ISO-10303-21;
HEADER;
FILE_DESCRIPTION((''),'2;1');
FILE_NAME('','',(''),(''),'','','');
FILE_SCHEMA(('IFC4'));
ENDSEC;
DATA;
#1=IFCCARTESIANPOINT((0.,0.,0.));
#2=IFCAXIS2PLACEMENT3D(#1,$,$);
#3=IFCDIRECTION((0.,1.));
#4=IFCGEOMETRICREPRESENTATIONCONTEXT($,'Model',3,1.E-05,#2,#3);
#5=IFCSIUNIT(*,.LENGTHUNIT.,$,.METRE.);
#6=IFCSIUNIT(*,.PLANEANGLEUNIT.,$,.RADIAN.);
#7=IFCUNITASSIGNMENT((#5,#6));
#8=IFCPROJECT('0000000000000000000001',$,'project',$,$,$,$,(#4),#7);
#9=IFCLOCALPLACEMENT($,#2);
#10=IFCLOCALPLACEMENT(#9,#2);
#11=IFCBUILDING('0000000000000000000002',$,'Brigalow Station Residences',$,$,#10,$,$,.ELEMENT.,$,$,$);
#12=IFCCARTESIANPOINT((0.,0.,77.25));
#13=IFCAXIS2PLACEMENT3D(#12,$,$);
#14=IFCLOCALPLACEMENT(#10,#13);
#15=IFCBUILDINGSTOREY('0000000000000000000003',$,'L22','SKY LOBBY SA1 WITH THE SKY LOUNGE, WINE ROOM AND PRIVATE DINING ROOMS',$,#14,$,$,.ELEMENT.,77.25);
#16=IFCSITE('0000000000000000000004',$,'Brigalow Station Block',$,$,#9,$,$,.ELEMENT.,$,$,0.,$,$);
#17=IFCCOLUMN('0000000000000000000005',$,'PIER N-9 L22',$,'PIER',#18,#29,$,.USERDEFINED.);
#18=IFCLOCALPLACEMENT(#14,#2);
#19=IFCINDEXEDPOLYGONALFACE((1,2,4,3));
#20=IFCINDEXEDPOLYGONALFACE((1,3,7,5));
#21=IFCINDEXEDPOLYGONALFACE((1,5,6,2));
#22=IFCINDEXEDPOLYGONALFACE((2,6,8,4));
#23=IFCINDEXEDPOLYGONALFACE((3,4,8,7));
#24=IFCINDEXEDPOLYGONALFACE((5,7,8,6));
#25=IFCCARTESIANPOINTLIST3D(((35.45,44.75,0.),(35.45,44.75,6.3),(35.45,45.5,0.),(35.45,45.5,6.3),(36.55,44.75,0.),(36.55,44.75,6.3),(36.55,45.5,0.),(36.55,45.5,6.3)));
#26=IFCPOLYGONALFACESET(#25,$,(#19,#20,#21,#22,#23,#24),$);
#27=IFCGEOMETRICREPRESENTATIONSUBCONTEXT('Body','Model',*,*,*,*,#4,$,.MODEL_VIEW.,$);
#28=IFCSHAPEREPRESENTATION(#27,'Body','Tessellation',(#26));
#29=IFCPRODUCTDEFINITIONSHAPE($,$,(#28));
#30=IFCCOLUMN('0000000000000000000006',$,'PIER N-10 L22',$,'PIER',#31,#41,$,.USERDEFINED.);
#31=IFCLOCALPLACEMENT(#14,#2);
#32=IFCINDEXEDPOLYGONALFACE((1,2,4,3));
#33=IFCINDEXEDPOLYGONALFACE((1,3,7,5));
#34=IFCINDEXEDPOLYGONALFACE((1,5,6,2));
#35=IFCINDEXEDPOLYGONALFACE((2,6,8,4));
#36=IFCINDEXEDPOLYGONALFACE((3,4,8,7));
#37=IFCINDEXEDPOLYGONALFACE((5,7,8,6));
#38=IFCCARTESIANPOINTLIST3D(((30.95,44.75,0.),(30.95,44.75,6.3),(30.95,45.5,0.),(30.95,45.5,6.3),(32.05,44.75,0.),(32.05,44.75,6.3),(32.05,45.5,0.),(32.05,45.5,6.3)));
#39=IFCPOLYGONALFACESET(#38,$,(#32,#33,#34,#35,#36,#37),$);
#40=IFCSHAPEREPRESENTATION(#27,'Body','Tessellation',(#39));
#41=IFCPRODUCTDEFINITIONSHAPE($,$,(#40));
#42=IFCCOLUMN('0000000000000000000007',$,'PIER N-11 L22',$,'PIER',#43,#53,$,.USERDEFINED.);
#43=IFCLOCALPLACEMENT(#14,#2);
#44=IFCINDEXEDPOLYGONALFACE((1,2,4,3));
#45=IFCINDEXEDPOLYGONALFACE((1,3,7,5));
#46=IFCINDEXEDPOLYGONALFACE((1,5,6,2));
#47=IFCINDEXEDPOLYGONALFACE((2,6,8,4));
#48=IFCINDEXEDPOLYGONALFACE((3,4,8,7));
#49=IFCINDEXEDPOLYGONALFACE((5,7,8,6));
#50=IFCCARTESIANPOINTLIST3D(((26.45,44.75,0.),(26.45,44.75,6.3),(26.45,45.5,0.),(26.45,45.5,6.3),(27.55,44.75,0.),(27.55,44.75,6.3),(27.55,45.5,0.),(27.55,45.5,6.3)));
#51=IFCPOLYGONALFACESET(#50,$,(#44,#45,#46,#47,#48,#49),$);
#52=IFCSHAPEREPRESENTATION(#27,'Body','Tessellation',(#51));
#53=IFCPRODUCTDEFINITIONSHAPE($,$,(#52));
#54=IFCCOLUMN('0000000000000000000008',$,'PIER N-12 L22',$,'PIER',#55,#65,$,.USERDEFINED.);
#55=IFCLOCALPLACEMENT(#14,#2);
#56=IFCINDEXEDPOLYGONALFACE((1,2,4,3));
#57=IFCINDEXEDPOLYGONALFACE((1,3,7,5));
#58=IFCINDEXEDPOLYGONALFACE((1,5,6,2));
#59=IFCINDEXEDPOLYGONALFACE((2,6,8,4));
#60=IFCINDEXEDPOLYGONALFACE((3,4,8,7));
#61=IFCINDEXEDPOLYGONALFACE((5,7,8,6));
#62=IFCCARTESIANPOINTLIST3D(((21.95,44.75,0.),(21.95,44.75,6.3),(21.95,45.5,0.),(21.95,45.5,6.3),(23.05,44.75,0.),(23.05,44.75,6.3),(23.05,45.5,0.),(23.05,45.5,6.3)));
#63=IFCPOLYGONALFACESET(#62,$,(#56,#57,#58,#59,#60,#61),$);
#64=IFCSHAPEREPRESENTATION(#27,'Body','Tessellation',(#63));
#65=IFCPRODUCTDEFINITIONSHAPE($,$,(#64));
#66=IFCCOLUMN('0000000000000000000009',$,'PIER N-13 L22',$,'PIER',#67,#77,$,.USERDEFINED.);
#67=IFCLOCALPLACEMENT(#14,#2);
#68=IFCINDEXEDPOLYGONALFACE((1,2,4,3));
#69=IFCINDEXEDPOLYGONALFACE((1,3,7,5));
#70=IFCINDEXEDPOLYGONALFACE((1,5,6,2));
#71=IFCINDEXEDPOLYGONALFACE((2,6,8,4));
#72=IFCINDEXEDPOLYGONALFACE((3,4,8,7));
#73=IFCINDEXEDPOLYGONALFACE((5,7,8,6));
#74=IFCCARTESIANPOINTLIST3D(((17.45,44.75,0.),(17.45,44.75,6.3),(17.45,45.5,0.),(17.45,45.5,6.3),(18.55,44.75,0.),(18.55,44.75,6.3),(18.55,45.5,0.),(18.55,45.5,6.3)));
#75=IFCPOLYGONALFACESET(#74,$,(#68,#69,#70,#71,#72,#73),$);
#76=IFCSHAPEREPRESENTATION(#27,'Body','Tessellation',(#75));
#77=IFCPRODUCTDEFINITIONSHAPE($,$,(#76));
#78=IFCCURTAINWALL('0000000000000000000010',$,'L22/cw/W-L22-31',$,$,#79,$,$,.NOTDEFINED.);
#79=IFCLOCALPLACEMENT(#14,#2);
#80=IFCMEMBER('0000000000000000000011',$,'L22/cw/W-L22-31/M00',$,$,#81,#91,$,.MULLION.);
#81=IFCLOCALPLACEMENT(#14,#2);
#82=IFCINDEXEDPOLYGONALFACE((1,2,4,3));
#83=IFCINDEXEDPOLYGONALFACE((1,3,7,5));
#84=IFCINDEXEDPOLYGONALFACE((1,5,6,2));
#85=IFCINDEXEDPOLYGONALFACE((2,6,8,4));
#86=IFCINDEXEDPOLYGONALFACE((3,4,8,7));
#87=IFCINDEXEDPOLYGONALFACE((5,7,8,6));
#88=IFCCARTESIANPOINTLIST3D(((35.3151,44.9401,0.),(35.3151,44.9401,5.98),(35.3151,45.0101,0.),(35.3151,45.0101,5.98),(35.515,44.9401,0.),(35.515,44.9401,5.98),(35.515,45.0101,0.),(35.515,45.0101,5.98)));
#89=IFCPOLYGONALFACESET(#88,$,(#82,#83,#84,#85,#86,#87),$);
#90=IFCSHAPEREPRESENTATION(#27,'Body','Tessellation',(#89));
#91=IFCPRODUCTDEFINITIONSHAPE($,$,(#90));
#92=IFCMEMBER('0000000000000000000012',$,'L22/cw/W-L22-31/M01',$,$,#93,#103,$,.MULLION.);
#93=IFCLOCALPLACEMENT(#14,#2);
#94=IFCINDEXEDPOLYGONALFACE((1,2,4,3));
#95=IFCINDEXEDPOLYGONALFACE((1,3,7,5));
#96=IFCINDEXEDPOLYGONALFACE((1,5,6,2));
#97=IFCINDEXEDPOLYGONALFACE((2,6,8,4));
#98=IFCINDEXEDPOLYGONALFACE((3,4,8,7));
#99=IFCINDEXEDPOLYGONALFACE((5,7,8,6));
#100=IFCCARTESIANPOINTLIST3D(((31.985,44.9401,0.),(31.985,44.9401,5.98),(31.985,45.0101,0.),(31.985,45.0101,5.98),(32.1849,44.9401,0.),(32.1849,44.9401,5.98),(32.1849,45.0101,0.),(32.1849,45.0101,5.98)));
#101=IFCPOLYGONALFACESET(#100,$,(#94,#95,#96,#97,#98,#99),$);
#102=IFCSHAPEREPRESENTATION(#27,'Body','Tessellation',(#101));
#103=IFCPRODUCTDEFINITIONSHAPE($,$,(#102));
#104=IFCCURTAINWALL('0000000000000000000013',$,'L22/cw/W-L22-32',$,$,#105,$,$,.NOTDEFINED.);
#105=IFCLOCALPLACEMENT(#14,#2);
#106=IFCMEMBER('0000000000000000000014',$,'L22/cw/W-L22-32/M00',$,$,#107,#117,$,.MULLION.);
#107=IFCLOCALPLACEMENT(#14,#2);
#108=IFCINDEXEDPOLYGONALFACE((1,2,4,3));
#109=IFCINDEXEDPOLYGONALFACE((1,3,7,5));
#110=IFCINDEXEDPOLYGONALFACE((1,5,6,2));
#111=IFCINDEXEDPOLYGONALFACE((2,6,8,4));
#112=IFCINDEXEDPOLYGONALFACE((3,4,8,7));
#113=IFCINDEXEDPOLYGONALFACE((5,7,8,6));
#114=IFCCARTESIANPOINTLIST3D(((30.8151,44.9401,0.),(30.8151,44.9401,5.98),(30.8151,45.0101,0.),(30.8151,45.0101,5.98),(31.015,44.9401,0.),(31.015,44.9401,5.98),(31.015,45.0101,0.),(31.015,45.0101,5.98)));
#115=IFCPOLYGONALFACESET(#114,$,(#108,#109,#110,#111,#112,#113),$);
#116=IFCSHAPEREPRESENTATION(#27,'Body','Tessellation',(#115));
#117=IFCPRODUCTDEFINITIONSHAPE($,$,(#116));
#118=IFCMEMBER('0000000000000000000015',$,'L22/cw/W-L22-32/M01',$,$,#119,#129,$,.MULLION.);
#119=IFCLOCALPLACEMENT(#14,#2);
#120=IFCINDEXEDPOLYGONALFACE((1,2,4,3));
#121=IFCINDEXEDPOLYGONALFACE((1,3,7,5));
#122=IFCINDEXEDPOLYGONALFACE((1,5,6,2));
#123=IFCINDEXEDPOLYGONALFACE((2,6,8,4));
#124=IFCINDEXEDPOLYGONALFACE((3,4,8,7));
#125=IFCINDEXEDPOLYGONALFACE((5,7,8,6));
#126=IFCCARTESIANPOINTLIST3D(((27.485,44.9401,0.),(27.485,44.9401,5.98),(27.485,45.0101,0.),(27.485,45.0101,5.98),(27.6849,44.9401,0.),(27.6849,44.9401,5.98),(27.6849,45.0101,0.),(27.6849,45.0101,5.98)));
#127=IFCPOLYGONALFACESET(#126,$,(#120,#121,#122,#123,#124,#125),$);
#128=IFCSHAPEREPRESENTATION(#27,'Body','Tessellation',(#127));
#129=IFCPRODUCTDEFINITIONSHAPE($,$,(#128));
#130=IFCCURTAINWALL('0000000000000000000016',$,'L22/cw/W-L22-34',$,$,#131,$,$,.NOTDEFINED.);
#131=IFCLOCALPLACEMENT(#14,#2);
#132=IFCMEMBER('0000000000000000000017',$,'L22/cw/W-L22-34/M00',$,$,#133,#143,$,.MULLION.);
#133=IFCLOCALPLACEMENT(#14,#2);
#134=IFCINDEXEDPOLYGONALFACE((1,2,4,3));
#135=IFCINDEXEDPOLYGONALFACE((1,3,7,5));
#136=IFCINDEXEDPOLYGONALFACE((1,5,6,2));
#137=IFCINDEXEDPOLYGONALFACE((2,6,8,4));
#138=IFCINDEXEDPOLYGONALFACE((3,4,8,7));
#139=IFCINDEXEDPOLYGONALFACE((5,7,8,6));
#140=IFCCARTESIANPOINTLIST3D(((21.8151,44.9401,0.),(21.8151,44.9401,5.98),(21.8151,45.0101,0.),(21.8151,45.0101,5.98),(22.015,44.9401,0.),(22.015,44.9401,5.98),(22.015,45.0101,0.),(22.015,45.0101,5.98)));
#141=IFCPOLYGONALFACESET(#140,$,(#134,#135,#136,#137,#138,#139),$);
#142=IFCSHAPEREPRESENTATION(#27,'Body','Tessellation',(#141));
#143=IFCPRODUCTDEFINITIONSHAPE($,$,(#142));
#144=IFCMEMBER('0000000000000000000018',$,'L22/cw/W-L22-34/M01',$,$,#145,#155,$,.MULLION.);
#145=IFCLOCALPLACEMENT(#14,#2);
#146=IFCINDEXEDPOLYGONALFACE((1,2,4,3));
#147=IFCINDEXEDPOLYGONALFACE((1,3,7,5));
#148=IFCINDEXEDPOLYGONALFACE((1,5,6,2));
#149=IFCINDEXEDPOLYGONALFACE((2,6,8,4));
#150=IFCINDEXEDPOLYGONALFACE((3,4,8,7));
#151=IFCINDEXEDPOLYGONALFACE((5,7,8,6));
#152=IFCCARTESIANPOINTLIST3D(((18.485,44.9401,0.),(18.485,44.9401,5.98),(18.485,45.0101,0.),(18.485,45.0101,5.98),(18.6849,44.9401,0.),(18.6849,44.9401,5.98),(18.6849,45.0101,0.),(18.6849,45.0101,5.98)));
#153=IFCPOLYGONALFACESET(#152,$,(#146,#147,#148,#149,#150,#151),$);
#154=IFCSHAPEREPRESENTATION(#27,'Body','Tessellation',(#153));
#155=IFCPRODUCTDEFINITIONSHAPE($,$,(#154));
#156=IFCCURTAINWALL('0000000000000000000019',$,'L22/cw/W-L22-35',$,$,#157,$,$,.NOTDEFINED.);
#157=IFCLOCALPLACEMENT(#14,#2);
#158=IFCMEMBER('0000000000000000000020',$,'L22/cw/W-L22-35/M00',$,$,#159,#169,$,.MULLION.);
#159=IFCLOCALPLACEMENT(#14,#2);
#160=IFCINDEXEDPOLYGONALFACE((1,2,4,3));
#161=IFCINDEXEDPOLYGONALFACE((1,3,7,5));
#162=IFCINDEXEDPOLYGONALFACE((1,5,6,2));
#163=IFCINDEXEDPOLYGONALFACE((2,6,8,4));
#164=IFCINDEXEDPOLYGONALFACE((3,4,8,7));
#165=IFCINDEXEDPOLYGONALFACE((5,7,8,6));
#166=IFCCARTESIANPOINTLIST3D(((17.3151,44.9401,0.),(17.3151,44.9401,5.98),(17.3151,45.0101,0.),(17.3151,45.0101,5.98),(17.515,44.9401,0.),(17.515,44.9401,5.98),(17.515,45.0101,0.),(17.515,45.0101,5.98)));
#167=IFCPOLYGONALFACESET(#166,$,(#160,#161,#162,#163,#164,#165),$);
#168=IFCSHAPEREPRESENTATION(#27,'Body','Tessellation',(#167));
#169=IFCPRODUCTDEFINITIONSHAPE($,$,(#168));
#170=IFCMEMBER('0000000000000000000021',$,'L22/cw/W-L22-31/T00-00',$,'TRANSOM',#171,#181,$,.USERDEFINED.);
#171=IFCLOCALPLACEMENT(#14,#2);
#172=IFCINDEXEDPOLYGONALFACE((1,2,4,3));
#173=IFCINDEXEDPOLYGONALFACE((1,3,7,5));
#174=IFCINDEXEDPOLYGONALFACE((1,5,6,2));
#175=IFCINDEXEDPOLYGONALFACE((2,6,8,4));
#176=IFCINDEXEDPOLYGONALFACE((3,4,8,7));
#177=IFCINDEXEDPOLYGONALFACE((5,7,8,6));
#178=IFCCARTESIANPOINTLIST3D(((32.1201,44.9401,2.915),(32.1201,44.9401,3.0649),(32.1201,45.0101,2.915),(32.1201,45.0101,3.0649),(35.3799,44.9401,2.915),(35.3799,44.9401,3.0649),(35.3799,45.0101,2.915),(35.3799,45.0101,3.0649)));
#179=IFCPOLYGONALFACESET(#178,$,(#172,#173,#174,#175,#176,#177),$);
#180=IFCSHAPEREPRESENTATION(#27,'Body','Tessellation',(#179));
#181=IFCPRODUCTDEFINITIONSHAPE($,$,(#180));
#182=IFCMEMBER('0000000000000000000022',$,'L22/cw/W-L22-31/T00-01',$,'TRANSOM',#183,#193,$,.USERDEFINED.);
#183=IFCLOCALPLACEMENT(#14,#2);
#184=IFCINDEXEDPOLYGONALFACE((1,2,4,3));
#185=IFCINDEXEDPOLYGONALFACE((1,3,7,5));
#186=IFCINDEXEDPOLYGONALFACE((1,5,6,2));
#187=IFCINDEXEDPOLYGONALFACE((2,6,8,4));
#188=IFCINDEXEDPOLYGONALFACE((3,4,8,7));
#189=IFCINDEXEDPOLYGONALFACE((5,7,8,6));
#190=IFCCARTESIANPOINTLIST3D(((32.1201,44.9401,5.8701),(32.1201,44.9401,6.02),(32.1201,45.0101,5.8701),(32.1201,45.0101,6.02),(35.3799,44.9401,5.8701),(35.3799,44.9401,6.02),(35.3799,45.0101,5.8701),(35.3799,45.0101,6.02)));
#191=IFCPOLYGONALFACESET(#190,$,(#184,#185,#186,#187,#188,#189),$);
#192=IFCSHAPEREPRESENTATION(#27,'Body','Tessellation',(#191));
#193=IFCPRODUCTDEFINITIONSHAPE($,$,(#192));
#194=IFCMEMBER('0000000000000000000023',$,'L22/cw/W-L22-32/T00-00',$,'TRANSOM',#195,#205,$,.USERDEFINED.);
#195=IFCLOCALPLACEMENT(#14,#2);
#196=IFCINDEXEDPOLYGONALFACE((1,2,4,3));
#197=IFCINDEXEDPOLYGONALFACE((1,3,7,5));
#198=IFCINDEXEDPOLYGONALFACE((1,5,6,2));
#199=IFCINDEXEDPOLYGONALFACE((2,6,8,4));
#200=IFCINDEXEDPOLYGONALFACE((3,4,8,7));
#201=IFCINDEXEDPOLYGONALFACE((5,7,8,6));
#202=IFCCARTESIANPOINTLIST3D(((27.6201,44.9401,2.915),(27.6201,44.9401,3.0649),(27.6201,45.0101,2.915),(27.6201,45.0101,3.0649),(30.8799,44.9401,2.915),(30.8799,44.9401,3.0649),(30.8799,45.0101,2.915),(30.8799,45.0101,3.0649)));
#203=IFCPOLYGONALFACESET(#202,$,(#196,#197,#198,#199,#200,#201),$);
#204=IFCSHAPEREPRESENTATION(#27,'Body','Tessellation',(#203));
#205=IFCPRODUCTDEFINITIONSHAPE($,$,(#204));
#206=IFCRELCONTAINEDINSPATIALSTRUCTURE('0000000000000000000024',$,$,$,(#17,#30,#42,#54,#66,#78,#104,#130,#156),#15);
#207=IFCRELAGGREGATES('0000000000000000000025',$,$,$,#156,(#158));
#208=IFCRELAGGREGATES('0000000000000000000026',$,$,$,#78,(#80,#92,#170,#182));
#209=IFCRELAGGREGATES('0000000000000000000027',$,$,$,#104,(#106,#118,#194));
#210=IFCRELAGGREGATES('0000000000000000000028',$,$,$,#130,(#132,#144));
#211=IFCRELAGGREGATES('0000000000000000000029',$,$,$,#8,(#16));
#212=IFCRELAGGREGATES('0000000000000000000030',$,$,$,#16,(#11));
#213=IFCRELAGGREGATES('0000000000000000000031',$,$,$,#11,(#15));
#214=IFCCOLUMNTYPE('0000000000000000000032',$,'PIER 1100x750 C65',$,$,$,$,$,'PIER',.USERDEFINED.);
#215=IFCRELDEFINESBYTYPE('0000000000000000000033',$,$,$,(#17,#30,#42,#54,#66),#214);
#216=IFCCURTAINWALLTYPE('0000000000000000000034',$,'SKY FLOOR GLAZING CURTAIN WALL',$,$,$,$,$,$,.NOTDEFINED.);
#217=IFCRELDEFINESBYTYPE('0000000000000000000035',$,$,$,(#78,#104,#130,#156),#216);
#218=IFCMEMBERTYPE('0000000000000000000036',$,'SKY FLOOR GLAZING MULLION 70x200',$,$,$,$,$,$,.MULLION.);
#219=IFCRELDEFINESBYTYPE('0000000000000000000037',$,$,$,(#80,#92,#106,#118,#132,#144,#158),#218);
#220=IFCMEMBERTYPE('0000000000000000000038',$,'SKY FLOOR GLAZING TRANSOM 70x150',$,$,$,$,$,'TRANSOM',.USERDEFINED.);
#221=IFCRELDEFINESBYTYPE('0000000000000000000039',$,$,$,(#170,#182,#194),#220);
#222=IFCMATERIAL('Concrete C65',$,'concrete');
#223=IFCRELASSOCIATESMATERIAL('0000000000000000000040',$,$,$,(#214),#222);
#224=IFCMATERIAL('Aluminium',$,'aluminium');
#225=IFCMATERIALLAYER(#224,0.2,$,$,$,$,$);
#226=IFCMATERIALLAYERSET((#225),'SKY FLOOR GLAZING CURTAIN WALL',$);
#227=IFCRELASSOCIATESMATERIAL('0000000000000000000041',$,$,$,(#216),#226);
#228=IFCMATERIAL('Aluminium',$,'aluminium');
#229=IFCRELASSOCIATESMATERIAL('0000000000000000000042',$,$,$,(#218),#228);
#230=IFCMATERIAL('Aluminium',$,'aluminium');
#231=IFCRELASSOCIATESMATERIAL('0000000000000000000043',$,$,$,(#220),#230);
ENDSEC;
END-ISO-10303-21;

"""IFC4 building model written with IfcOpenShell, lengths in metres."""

from ifc_helpers import new_model, si_unit, direction, frame, origin, origin_2d, place, context, subcontext, project, spatial, rectangle, extrude, material, layer, layer_set, material_profile, profile_set, type_object, element, aggregate, save


model = new_model("IFC4")

# Units and contexts
model_context = context("Model", 3, precision=1e-05, world=origin(), true_north=direction((0.0, 1.0)))
body_context = subcontext(model_context, "Body", "Model", "MODEL_VIEW")
ifc_project = project(units=[si_unit("LENGTHUNIT", "METRE"), si_unit("PLANEANGLEUNIT", "RADIAN")], contexts=[model_context])

# Site, building, storey
site_placement = place(None, origin())
site = spatial("IfcSite", under=ifc_project, at=site_placement, Name="Brigalow Station Block", CompositionType="ELEMENT", RefElevation=0.0)
building_placement = place(site_placement, origin())
building = spatial("IfcBuilding", under=site, at=building_placement, Name="Brigalow Station Residences", CompositionType="ELEMENT")
storey_placement = place(building_placement, frame((0.0, 0.0, 77.25)))
storey = spatial("IfcBuildingStorey", under=building, at=storey_placement, Name="L22", Description="SKY LOBBY SA1 WITH THE SKY LOUNGE, WINE ROOM AND PRIVATE DINING ROOMS", CompositionType="ELEMENT", Elevation=77.25)

# Columns
ifc_material_1 = material(Name="Concrete C65", Category="concrete")
ifc_material_profile_1 = material_profile(ifc_material_1, rectangle(XDim=1.1001, YDim=0.75, at=origin_2d()), Name="RC1100x750")
ifc_profile_set_1 = profile_set([ifc_material_profile_1], Name="Concrete C65")
column_type = type_object("IfcColumnType", Name="PIER 1100x750 C65", ElementType="PIER", PredefinedType="USERDEFINED", material=ifc_profile_set_1)
for number, where, z_axis, x_axis, name in (
    (1, (36.0, 45.125, 0.0), (0.0, 0.0, 1.0), (-1.0, 0.0, 0.0), "PIER N-9 L22"),
    (2, (31.5, 45.125, 0.0), (0.0, 0.0, 1.0), (-1.0, 0.0, 0.0), "PIER N-10 L22"),
    (3, (27.0, 45.125, 0.0), (0.0, 0.0, 1.0), (-1.0, 0.0, 0.0), "PIER N-11 L22"),
    (4, (22.5, 45.125, 0.0), (0.0, 0.0, 1.0), (-1.0, 0.0, 0.0), "PIER N-12 L22"),
    (5, (18.0, 45.125, 0.0), (0.0, 0.0, 1.0), (-1.0, 0.0, 0.0), "PIER N-13 L22"),
):
    element("IfcColumn", number, at=place(storey_placement, frame(where, z_axis=z_axis, x_axis=x_axis)), inside=storey, type_object=column_type, Name=name, ObjectType="PIER", PredefinedType="USERDEFINED", context=body_context, shape_type="SweptSolid", body=[
        extrude(rectangle(XDim=1.1001, YDim=0.75, at=origin_2d()), origin(), (0.0, 0.0, 1.0), 6.3),
    ])

# Curtain walls, members
ifc_material_2 = material(Name="Aluminium", Category="aluminium")
ifc_layer_1 = layer(ifc_material_2, 0.2)
ifc_layer_set_1 = layer_set([ifc_layer_1], Name="SKY FLOOR GLAZING CURTAIN WALL")
curtain_wall_type = type_object("IfcCurtainWallType", Name="SKY FLOOR GLAZING CURTAIN WALL", PredefinedType="NOTDEFINED", material=ifc_layer_set_1)
curtain_wall_1_placement = place(storey_placement, origin())
curtain_wall_1 = element("IfcCurtainWall", 6, at=curtain_wall_1_placement, inside=storey, type_object=curtain_wall_type, Name="L22/cw/W-L22-31", PredefinedType="NOTDEFINED")
ifc_material_3 = material(Name="Aluminium", Category="aluminium")
ifc_material_profile_2 = material_profile(ifc_material_3, rectangle(XDim=0.0701, YDim=0.2, at=origin_2d()), Name="SKY FLOOR GLAZING MULLION 70x200")
ifc_profile_set_2 = profile_set([ifc_material_profile_2], Name="Aluminium")
member_type_1 = type_object("IfcMemberType", Name="SKY FLOOR GLAZING MULLION 70x200", PredefinedType="MULLION", material=ifc_profile_set_2)
member_1_placement = place(storey_placement, frame((35.415, 44.9751, 0.0), z_axis=(0.0, 0.0, 1.0), x_axis=(0.0, -1.0, 0.0)))
member_1 = element("IfcMember", 7, at=member_1_placement, type_object=member_type_1, Name="L22/cw/W-L22-31/M00", PredefinedType="MULLION", context=body_context, shape_type="SweptSolid", body=[
    extrude(rectangle(XDim=0.0701, YDim=0.2, at=origin_2d()), origin(), (0.0, 0.0, 1.0), 5.98),
])
member_2_placement = place(storey_placement, frame((32.085, 44.9751, 0.0), z_axis=(0.0, 0.0, 1.0), x_axis=(0.0, -1.0, 0.0)))
member_2 = element("IfcMember", 8, at=member_2_placement, type_object=member_type_1, Name="L22/cw/W-L22-31/M01", PredefinedType="MULLION", context=body_context, shape_type="SweptSolid", body=[
    extrude(rectangle(XDim=0.0701, YDim=0.2, at=origin_2d()), origin(), (0.0, 0.0, 1.0), 5.98),
])
curtain_wall_2_placement = place(storey_placement, origin())
curtain_wall_2 = element("IfcCurtainWall", 9, at=curtain_wall_2_placement, inside=storey, type_object=curtain_wall_type, Name="L22/cw/W-L22-32", PredefinedType="NOTDEFINED")
member_3_placement = place(storey_placement, frame((30.915, 44.9751, 0.0), z_axis=(0.0, 0.0, 1.0), x_axis=(0.0, -1.0, 0.0)))
member_3 = element("IfcMember", 10, at=member_3_placement, type_object=member_type_1, Name="L22/cw/W-L22-32/M00", PredefinedType="MULLION", context=body_context, shape_type="SweptSolid", body=[
    extrude(rectangle(XDim=0.0701, YDim=0.2, at=origin_2d()), origin(), (0.0, 0.0, 1.0), 5.98),
])
member_4_placement = place(storey_placement, frame((27.585, 44.9751, 0.0), z_axis=(0.0, 0.0, 1.0), x_axis=(0.0, -1.0, 0.0)))
member_4 = element("IfcMember", 11, at=member_4_placement, type_object=member_type_1, Name="L22/cw/W-L22-32/M01", PredefinedType="MULLION", context=body_context, shape_type="SweptSolid", body=[
    extrude(rectangle(XDim=0.0701, YDim=0.2, at=origin_2d()), origin(), (0.0, 0.0, 1.0), 5.98),
])
curtain_wall_3_placement = place(storey_placement, origin())
curtain_wall_3 = element("IfcCurtainWall", 12, at=curtain_wall_3_placement, inside=storey, type_object=curtain_wall_type, Name="L22/cw/W-L22-34", PredefinedType="NOTDEFINED")
member_5_placement = place(storey_placement, frame((21.915, 44.9751, 0.0), z_axis=(0.0, 0.0, 1.0), x_axis=(0.0, -1.0, 0.0)))
member_5 = element("IfcMember", 13, at=member_5_placement, type_object=member_type_1, Name="L22/cw/W-L22-34/M00", PredefinedType="MULLION", context=body_context, shape_type="SweptSolid", body=[
    extrude(rectangle(XDim=0.0701, YDim=0.2, at=origin_2d()), origin(), (0.0, 0.0, 1.0), 5.98),
])
member_6_placement = place(storey_placement, frame((18.585, 44.9751, 0.0), z_axis=(0.0, 0.0, 1.0), x_axis=(0.0, -1.0, 0.0)))
member_6 = element("IfcMember", 14, at=member_6_placement, type_object=member_type_1, Name="L22/cw/W-L22-34/M01", PredefinedType="MULLION", context=body_context, shape_type="SweptSolid", body=[
    extrude(rectangle(XDim=0.0701, YDim=0.2, at=origin_2d()), origin(), (0.0, 0.0, 1.0), 5.98),
])

# Curtain wall, member
curtain_wall_4_placement = place(storey_placement, origin())
curtain_wall_4 = element("IfcCurtainWall", 15, at=curtain_wall_4_placement, inside=storey, type_object=curtain_wall_type, Name="L22/cw/W-L22-35", PredefinedType="NOTDEFINED")
member_7_placement = place(storey_placement, frame((17.415, 44.9751, 0.0), z_axis=(0.0, 0.0, 1.0), x_axis=(0.0, -1.0, 0.0)))
member_7 = element("IfcMember", 16, at=member_7_placement, type_object=member_type_1, Name="L22/cw/W-L22-35/M00", PredefinedType="MULLION", context=body_context, shape_type="SweptSolid", body=[
    extrude(rectangle(XDim=0.0701, YDim=0.2, at=origin_2d()), origin(), (0.0, 0.0, 1.0), 5.98),
])

# Members
ifc_material_4 = material(Name="Aluminium", Category="aluminium")
ifc_material_profile_3 = material_profile(ifc_material_4, rectangle(XDim=0.0701, YDim=0.1499, at=origin_2d()), Name="SKY FLOOR GLAZING TRANSOM 70x150")
ifc_profile_set_3 = profile_set([ifc_material_profile_3], Name="Aluminium")
member_type_2 = type_object("IfcMemberType", Name="SKY FLOOR GLAZING TRANSOM 70x150", ElementType="TRANSOM", PredefinedType="USERDEFINED", material=ifc_profile_set_3)
member_8_placement = place(storey_placement, frame((35.3799, 44.9751, 2.99), z_axis=(-1.0, 0.0, 0.0), x_axis=(0.0, -1.0, 0.0)))
member_8 = element("IfcMember", 17, at=member_8_placement, type_object=member_type_2, Name="L22/cw/W-L22-31/T00-00", ObjectType="TRANSOM", PredefinedType="USERDEFINED", context=body_context, shape_type="SweptSolid", body=[
    extrude(rectangle(XDim=0.0701, YDim=0.1499, at=origin_2d()), origin(), (0.0, 0.0, 1.0), 3.2598),
])
member_9_placement = place(storey_placement, frame((35.3799, 44.9751, 5.9451), z_axis=(-1.0, 0.0, 0.0), x_axis=(0.0, -1.0, 0.0)))
member_9 = element("IfcMember", 18, at=member_9_placement, type_object=member_type_2, Name="L22/cw/W-L22-31/T00-01", ObjectType="TRANSOM", PredefinedType="USERDEFINED", context=body_context, shape_type="SweptSolid", body=[
    extrude(rectangle(XDim=0.0701, YDim=0.1499, at=origin_2d()), origin(), (0.0, 0.0, 1.0), 3.2598),
])
member_10_placement = place(storey_placement, frame((30.8799, 44.9751, 2.99), z_axis=(-1.0, 0.0, 0.0), x_axis=(0.0, -1.0, 0.0)))
member_10 = element("IfcMember", 19, at=member_10_placement, type_object=member_type_2, Name="L22/cw/W-L22-32/T00-00", ObjectType="TRANSOM", PredefinedType="USERDEFINED", context=body_context, shape_type="SweptSolid", body=[
    extrude(rectangle(XDim=0.0701, YDim=0.1499, at=origin_2d()), origin(), (0.0, 0.0, 1.0), 3.2598),
])
aggregate(curtain_wall_4, [member_7])

aggregate(curtain_wall_1, [member_1, member_2, member_8, member_9])
aggregate(curtain_wall_2, [member_3, member_4, member_10])
aggregate(curtain_wall_3, [member_5, member_6])

save(model, "model.ifc")
